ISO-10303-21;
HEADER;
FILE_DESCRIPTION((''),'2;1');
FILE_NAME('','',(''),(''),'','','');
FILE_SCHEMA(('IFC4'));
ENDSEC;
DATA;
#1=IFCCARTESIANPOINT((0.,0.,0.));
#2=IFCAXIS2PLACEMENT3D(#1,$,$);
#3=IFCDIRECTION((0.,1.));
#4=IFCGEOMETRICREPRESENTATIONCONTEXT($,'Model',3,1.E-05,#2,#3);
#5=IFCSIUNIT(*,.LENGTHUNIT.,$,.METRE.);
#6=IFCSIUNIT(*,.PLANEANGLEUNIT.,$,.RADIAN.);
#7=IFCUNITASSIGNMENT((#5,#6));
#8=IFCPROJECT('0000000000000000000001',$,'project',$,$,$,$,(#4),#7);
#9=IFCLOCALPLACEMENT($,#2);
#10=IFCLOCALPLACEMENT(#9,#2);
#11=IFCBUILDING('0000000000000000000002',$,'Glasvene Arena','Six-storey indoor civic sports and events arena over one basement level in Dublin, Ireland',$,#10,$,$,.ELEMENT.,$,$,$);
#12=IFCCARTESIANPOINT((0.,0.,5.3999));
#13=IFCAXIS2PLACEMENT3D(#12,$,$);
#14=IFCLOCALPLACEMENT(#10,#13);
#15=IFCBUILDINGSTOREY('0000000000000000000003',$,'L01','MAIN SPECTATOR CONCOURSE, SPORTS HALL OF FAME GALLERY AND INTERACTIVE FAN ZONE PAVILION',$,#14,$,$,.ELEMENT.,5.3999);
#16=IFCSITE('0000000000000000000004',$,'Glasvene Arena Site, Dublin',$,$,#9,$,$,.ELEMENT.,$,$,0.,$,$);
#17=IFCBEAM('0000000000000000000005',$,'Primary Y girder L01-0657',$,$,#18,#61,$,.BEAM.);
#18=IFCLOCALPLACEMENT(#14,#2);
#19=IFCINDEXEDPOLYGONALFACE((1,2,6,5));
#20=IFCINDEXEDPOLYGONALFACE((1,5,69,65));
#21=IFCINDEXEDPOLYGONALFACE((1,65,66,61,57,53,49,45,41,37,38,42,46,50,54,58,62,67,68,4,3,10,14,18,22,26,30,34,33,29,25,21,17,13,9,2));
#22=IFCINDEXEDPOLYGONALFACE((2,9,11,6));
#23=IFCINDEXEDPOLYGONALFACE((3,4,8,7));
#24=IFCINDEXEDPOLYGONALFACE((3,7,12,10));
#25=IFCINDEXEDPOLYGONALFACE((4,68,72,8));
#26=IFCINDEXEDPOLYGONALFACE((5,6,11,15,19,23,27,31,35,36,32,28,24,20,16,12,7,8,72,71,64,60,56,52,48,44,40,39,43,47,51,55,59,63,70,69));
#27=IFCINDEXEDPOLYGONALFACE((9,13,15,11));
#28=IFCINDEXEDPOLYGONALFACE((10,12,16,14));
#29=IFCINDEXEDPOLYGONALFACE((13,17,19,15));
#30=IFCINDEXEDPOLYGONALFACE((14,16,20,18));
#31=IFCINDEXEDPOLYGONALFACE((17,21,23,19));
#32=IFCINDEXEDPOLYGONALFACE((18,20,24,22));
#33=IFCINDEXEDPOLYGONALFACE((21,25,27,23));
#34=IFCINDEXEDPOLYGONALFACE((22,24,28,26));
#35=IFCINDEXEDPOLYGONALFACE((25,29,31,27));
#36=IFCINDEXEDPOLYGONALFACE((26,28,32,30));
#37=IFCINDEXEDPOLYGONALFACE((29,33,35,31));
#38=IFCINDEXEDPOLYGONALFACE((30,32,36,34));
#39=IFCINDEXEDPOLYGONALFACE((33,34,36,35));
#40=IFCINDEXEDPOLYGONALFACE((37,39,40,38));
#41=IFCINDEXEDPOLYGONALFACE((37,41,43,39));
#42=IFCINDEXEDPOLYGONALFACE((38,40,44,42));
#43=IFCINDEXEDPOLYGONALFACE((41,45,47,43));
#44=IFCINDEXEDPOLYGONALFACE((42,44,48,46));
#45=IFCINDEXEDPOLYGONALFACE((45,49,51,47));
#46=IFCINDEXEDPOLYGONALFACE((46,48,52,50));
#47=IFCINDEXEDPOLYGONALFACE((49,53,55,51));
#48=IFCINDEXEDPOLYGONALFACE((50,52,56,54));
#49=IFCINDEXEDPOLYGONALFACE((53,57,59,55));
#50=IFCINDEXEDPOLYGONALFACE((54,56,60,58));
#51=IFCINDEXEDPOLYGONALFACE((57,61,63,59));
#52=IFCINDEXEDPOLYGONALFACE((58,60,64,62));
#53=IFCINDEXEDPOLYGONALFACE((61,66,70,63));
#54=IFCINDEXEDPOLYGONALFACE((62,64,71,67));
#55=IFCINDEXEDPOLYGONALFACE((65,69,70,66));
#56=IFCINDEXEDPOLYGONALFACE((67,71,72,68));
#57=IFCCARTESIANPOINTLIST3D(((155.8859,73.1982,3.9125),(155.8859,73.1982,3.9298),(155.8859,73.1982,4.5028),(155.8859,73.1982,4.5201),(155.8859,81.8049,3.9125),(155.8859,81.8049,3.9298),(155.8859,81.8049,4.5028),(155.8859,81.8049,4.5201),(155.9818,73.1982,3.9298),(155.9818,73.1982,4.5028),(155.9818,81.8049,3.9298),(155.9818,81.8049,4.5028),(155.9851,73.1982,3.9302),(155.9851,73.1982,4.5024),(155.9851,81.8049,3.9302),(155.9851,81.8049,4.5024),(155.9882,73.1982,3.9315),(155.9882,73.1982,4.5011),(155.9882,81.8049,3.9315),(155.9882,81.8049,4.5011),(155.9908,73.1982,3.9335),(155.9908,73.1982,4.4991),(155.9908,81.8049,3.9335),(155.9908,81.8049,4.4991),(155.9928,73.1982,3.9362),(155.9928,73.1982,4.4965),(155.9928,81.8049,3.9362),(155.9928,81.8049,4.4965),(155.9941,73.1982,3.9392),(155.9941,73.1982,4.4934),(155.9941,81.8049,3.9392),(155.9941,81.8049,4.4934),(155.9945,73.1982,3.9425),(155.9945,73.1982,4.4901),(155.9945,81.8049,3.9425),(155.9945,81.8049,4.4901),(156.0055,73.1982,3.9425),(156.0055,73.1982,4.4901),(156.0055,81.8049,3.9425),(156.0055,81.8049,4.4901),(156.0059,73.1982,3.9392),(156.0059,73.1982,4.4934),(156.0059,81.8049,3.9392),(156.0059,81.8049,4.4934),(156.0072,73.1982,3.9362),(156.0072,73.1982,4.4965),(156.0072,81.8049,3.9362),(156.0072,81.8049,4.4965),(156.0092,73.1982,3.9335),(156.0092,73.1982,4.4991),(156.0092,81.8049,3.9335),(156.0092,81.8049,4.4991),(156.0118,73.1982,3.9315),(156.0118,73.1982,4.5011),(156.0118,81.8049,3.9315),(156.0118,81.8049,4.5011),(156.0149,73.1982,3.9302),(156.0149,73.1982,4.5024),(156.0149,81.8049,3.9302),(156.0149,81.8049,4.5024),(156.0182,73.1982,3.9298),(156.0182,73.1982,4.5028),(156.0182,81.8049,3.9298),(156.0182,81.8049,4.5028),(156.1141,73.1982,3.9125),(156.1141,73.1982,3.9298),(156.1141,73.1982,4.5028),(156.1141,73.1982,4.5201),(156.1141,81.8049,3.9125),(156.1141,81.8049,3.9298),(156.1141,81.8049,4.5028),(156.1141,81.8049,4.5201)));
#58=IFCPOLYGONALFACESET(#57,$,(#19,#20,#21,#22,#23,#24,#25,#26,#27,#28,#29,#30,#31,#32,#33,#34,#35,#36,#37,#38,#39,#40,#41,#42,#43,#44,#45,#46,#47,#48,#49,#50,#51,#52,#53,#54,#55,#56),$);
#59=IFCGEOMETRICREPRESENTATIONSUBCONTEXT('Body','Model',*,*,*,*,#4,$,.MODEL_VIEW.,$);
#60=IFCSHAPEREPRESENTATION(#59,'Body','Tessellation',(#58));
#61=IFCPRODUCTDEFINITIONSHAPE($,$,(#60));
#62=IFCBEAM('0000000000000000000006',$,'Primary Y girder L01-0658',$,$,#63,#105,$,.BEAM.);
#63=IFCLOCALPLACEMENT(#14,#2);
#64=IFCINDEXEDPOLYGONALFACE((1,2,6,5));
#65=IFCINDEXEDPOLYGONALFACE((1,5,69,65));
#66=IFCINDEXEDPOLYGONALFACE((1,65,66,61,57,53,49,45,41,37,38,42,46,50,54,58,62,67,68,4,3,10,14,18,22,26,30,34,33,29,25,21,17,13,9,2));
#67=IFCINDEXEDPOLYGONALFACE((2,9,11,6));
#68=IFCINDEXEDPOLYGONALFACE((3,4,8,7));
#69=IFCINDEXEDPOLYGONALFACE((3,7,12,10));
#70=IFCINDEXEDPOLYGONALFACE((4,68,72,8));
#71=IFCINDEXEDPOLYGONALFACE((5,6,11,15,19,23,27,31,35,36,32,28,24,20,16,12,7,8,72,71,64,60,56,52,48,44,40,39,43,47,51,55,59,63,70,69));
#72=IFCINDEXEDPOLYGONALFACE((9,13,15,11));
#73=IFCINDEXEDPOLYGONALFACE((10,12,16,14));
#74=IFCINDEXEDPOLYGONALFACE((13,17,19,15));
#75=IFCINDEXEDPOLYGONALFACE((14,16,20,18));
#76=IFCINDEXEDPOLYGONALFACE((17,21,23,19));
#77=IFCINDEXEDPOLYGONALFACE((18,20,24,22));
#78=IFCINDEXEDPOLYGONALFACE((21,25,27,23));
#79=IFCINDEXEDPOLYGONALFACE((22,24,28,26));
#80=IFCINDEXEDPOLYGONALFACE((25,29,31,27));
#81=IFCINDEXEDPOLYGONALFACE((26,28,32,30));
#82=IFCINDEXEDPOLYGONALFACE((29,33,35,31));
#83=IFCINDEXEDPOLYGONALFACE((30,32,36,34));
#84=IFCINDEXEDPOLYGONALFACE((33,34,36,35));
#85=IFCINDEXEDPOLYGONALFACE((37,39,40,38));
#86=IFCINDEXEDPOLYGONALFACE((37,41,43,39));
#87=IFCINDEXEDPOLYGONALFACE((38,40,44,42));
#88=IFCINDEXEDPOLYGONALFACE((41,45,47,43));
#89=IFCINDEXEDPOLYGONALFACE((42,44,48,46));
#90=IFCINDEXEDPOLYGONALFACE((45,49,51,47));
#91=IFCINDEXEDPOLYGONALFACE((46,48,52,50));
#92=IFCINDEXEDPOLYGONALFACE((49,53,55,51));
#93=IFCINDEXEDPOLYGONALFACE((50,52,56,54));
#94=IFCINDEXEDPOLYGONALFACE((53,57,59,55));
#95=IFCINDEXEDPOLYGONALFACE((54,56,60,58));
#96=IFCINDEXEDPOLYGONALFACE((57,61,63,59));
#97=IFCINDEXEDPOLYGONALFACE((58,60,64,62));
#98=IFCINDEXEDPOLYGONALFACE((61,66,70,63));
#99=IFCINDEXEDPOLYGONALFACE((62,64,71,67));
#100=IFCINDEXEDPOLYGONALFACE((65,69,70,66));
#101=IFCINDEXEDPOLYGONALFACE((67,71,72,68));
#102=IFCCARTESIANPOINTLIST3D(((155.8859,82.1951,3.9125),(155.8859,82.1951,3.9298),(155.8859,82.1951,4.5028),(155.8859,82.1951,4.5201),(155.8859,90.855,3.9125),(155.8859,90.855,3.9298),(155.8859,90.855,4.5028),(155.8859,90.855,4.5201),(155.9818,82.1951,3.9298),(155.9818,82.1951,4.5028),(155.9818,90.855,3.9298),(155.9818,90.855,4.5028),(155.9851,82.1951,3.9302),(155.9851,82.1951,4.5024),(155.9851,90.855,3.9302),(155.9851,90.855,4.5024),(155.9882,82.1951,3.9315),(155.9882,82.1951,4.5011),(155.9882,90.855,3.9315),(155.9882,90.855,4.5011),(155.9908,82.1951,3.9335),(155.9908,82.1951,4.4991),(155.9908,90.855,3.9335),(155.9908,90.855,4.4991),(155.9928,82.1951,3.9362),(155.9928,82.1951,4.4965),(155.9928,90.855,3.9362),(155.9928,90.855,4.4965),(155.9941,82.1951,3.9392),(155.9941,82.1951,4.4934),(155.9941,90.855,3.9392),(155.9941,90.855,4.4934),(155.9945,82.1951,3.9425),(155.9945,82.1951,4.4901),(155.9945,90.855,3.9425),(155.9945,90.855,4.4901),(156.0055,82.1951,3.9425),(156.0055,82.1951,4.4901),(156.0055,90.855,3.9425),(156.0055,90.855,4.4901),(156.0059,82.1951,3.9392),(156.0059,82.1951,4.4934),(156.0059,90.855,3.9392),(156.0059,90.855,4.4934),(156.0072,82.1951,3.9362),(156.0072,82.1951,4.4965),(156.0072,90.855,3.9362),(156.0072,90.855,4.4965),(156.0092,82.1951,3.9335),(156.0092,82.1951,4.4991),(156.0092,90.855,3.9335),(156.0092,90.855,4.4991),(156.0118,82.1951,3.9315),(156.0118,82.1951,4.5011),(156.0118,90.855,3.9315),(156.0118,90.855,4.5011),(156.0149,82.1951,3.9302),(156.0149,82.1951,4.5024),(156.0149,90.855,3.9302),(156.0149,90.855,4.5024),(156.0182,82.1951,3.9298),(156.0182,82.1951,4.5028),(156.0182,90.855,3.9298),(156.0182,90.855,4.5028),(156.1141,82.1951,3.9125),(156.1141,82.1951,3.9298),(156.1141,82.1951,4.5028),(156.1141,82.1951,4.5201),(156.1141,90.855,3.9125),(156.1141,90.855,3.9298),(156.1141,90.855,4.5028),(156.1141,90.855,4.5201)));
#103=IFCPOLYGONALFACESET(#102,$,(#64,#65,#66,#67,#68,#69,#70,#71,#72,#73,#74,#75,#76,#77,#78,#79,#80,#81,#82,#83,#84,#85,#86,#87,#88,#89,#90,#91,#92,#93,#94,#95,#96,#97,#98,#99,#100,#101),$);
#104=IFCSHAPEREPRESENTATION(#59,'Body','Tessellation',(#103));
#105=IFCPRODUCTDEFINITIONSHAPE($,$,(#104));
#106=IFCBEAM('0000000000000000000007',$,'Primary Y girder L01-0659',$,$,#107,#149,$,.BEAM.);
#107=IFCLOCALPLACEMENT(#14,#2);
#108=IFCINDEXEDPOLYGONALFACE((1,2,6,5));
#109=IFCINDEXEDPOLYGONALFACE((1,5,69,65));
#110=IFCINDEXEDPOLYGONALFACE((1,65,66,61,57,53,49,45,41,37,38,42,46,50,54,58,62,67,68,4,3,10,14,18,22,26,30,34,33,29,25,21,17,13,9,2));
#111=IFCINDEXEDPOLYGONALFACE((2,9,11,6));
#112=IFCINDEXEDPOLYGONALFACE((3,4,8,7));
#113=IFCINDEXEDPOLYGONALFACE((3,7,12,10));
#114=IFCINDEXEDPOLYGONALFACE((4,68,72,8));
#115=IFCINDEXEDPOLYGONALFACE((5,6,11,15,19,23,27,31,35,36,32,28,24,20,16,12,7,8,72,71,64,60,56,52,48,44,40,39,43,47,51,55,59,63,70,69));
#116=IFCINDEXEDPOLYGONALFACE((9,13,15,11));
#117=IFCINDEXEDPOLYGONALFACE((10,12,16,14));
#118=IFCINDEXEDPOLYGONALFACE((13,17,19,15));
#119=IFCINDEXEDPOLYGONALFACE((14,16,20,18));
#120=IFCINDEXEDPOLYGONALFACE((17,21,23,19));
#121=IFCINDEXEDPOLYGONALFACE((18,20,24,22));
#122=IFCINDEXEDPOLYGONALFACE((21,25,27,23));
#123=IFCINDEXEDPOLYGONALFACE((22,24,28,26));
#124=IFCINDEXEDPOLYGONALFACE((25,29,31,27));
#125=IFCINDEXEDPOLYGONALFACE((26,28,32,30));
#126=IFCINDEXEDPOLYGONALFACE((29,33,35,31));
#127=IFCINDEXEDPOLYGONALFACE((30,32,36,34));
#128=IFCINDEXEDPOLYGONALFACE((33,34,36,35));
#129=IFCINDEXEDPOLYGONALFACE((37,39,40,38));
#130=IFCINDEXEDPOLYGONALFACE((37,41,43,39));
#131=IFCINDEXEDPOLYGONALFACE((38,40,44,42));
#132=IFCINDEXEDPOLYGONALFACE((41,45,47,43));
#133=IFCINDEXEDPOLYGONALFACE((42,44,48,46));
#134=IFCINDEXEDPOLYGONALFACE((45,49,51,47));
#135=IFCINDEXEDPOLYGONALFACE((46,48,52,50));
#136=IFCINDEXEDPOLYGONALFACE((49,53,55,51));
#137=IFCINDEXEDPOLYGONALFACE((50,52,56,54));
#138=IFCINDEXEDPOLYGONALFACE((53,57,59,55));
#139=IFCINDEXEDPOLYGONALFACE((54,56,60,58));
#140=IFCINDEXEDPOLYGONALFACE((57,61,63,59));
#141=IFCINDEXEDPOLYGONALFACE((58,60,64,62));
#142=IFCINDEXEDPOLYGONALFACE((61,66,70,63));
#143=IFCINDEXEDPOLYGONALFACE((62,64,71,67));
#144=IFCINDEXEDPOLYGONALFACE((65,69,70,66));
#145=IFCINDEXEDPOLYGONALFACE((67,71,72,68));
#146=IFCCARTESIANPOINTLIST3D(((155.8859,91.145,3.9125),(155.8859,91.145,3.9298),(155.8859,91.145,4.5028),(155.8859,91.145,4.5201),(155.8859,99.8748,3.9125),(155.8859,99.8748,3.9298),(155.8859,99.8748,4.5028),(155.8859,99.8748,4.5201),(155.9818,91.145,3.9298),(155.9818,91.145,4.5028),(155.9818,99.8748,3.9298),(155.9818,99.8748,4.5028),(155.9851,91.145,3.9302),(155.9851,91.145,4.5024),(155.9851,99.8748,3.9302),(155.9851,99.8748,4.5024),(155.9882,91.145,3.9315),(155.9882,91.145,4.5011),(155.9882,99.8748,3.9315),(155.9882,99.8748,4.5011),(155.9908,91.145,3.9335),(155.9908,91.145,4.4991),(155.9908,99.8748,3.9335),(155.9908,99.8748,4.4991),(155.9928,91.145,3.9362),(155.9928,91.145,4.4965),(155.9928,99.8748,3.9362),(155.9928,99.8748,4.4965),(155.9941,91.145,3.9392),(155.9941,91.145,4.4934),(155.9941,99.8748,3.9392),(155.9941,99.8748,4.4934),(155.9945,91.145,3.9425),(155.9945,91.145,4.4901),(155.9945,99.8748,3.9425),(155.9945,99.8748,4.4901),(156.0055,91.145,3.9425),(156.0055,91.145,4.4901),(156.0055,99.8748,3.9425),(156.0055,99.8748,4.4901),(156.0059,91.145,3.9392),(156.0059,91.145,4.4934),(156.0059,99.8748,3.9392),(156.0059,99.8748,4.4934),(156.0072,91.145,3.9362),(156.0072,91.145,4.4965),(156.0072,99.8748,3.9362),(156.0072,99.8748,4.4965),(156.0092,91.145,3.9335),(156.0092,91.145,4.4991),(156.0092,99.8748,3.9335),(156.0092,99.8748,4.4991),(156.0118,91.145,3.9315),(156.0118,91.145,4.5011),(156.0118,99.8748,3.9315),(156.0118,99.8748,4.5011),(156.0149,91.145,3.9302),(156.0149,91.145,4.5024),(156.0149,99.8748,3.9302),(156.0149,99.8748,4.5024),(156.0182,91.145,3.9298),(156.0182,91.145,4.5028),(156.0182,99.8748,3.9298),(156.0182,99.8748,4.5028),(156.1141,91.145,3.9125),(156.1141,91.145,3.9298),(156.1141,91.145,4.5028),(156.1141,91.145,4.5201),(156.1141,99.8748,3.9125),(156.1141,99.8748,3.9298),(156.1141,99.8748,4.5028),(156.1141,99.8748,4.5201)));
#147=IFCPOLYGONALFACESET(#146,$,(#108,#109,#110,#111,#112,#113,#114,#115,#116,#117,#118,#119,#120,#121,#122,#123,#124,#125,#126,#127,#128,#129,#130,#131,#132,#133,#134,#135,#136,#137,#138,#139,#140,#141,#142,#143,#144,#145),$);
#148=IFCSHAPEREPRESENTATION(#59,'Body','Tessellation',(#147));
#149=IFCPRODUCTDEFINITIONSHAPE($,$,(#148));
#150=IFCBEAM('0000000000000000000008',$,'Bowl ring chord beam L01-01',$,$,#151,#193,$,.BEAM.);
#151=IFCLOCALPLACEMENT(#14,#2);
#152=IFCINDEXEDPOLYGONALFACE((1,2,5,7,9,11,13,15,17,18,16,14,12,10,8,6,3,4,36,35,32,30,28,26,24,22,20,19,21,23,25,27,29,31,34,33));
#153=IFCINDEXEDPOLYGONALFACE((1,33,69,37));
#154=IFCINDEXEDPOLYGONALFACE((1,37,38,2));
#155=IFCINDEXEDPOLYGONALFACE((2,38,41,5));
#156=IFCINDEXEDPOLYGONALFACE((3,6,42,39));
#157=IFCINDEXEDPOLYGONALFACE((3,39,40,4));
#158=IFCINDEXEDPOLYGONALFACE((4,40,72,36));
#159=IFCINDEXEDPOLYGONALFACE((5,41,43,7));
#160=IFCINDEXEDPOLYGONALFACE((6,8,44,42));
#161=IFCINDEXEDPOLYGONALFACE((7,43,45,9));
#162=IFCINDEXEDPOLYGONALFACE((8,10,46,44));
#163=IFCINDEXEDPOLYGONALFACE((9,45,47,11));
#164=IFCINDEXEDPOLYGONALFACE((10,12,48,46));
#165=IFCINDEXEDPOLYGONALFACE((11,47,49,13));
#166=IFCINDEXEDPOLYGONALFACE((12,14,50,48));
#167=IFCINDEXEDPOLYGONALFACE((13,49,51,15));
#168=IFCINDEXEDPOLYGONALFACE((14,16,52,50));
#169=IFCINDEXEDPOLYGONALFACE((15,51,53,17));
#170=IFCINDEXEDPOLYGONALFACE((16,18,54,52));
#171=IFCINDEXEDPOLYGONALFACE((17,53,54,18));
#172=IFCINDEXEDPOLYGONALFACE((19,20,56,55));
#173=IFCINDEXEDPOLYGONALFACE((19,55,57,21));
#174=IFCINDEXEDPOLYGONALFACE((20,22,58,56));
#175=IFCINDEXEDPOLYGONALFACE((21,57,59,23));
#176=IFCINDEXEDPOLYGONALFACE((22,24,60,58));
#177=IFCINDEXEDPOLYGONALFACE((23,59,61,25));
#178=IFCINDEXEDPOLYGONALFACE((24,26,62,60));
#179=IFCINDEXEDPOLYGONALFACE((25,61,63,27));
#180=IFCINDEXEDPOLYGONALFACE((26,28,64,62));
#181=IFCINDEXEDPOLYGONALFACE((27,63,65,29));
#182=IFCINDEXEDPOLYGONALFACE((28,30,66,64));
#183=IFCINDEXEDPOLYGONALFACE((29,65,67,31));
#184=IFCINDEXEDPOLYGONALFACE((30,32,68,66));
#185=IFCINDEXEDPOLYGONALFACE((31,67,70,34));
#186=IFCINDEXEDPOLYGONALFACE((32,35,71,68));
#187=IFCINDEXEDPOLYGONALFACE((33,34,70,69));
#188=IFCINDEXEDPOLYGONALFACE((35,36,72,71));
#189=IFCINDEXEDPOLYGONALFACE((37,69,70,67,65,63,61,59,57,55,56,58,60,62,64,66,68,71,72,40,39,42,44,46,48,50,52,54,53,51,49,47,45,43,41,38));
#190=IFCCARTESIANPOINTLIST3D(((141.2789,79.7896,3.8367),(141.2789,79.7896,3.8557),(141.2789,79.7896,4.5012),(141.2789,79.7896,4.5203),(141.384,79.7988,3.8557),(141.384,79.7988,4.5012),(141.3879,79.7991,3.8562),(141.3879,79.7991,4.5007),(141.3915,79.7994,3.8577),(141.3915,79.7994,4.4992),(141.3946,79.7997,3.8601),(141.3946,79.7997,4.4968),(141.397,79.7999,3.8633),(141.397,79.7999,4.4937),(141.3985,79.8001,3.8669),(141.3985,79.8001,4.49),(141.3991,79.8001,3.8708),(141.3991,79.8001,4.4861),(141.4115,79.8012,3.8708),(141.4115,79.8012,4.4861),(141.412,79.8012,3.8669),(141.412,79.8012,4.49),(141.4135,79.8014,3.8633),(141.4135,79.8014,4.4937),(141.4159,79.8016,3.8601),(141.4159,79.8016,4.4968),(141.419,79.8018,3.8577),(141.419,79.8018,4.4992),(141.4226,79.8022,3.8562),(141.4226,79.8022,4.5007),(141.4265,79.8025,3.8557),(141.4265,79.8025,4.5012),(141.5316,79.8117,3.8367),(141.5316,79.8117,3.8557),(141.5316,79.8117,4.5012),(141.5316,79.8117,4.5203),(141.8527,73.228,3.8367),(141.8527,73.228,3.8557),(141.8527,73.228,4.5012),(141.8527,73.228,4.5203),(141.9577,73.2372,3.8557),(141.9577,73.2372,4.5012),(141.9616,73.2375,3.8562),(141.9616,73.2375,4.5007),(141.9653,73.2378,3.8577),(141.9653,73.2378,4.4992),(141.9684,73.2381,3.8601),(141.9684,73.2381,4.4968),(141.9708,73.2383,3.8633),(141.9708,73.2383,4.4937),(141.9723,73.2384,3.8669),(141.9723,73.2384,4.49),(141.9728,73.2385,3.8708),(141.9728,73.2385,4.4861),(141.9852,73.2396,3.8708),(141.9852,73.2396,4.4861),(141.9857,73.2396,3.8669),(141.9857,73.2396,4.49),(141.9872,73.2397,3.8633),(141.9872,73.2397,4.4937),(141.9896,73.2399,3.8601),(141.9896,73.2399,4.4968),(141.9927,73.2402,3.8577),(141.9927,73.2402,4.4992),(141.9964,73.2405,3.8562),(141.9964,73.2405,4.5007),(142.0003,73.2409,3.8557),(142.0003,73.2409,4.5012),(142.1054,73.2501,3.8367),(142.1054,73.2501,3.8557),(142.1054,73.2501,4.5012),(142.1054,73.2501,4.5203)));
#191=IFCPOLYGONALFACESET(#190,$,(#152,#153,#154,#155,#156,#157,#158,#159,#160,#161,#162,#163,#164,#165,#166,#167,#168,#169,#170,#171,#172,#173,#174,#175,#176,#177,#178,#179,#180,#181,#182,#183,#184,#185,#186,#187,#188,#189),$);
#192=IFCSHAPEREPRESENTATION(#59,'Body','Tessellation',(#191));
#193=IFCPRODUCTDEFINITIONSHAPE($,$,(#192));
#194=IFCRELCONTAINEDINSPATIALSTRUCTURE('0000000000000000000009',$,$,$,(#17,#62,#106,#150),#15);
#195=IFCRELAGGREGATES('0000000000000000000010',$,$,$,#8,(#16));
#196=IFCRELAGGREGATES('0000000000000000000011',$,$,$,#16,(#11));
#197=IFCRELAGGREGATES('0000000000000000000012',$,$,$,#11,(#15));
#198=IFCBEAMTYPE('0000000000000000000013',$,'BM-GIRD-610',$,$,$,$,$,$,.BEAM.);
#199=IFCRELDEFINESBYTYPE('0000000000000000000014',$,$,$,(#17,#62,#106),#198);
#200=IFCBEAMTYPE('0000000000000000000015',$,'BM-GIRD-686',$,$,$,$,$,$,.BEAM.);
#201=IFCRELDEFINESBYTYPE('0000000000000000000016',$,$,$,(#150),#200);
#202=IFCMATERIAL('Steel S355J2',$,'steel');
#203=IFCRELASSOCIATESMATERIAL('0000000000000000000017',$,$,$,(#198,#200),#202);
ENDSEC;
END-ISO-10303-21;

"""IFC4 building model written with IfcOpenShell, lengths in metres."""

from ifc_helpers import new_model, si_unit, direction, frame, origin, origin_2d, place, context, subcontext, project, spatial, i_section, extrude, material, material_profile, profile_set, type_object, element, save


model = new_model("IFC4")

# Units and contexts
model_context = context("Model", 3, precision=1e-05, world=origin(), true_north=direction((0.0, 1.0)))
body_context = subcontext(model_context, "Body", "Model", "MODEL_VIEW")
ifc_project = project(units=[si_unit("LENGTHUNIT", "METRE"), si_unit("PLANEANGLEUNIT", "RADIAN")], contexts=[model_context])

# Site, building, storey
site_placement = place(None, origin())
site = spatial("IfcSite", under=ifc_project, at=site_placement, Name="Glasvene Arena Site, Dublin", CompositionType="ELEMENT", RefElevation=0.0)
building_placement = place(site_placement, origin())
building = spatial("IfcBuilding", under=site, at=building_placement, Name="Glasvene Arena", Description="Six-storey indoor civic sports and events arena over one basement level in Dublin, Ireland", CompositionType="ELEMENT")
storey_placement = place(building_placement, frame((0.0, 0.0, 5.3999)))
storey = spatial("IfcBuildingStorey", under=building, at=storey_placement, Name="L01", Description="MAIN SPECTATOR CONCOURSE, SPORTS HALL OF FAME GALLERY AND INTERACTIVE FAN ZONE PAVILION", CompositionType="ELEMENT", Elevation=5.3999)

# Shared definitions
ifc_material_1 = material(Name="Steel S355J2", Category="steel")

# Beams
ifc_material_profile_1 = material_profile(ifc_material_1, i_section(OverallWidth=0.2283, OverallDepth=0.6077, WebThickness=0.011, FlangeThickness=0.0173, FilletRadius=0.0127, at=origin_2d()), Name="UKB 610x229x113")
ifc_profile_set_1 = profile_set([ifc_material_profile_1], Name="Steel S355J2")
beam_type_1 = type_object("IfcBeamType", Name="BM-GIRD-610", PredefinedType="BEAM", material=ifc_profile_set_1)
beam_1_placement = place(storey_placement, frame((156.0, 73.1982, 4.2163), z_axis=(0.0, 1.0, 0.0), x_axis=(-1.0, 0.0, 0.0)))
element("IfcBeam", 1, at=beam_1_placement, inside=storey, type_object=beam_type_1, Name="Primary Y girder L01-0657", PredefinedType="BEAM", context=body_context, shape_type="SweptSolid", body=[
    extrude(i_section(OverallWidth=0.2283, OverallDepth=0.6077, WebThickness=0.011, FlangeThickness=0.0173, FilletRadius=0.0127, at=origin_2d()), origin(), (0.0, 0.0, 1.0), 8.6067),
])
beam_2_placement = place(storey_placement, frame((156.0, 82.1951, 4.2163), z_axis=(0.0, 1.0, 0.0), x_axis=(-1.0, 0.0, 0.0)))
element("IfcBeam", 2, at=beam_2_placement, inside=storey, type_object=beam_type_1, Name="Primary Y girder L01-0658", PredefinedType="BEAM", context=body_context, shape_type="SweptSolid", body=[
    extrude(i_section(OverallWidth=0.2283, OverallDepth=0.6077, WebThickness=0.011, FlangeThickness=0.0173, FilletRadius=0.0127, at=origin_2d()), origin(), (0.0, 0.0, 1.0), 8.6599),
])
beam_3_placement = place(storey_placement, frame((156.0, 91.145, 4.2163), z_axis=(0.0, 1.0, 0.0), x_axis=(-1.0, 0.0, 0.0)))
element("IfcBeam", 3, at=beam_3_placement, inside=storey, type_object=beam_type_1, Name="Primary Y girder L01-0659", PredefinedType="BEAM", context=body_context, shape_type="SweptSolid", body=[
    extrude(i_section(OverallWidth=0.2283, OverallDepth=0.6077, WebThickness=0.011, FlangeThickness=0.0173, FilletRadius=0.0127, at=origin_2d()), origin(), (0.0, 0.0, 1.0), 8.7297),
])
ifc_material_profile_2 = material_profile(ifc_material_1, i_section(OverallWidth=0.2537, OverallDepth=0.6836, WebThickness=0.0125, FlangeThickness=0.019, FilletRadius=0.0151, at=origin_2d()), Name="UKB 686x254x140")
ifc_profile_set_2 = profile_set([ifc_material_profile_2], Name="Steel S355J2")
beam_type_2 = type_object("IfcBeamType", Name="BM-GIRD-686", PredefinedType="BEAM", material=ifc_profile_set_2)
beam_4_placement = place(storey_placement, frame((141.979, 73.239, 4.1785), z_axis=(-0.087106, 0.996199, 0.0), x_axis=(-0.996199, -0.087106, 0.0)))
element("IfcBeam", 4, at=beam_4_placement, inside=storey, type_object=beam_type_2, Name="Bowl ring chord beam L01-01", PredefinedType="BEAM", context=body_context, shape_type="SweptSolid", body=[
    extrude(i_section(OverallWidth=0.2537, OverallDepth=0.6836, WebThickness=0.0125, FlangeThickness=0.019, FilletRadius=0.0151, at=origin_2d()), origin(), (0.0, 0.0, 1.0), 6.5867),
])

save(model, "model.ifc")
